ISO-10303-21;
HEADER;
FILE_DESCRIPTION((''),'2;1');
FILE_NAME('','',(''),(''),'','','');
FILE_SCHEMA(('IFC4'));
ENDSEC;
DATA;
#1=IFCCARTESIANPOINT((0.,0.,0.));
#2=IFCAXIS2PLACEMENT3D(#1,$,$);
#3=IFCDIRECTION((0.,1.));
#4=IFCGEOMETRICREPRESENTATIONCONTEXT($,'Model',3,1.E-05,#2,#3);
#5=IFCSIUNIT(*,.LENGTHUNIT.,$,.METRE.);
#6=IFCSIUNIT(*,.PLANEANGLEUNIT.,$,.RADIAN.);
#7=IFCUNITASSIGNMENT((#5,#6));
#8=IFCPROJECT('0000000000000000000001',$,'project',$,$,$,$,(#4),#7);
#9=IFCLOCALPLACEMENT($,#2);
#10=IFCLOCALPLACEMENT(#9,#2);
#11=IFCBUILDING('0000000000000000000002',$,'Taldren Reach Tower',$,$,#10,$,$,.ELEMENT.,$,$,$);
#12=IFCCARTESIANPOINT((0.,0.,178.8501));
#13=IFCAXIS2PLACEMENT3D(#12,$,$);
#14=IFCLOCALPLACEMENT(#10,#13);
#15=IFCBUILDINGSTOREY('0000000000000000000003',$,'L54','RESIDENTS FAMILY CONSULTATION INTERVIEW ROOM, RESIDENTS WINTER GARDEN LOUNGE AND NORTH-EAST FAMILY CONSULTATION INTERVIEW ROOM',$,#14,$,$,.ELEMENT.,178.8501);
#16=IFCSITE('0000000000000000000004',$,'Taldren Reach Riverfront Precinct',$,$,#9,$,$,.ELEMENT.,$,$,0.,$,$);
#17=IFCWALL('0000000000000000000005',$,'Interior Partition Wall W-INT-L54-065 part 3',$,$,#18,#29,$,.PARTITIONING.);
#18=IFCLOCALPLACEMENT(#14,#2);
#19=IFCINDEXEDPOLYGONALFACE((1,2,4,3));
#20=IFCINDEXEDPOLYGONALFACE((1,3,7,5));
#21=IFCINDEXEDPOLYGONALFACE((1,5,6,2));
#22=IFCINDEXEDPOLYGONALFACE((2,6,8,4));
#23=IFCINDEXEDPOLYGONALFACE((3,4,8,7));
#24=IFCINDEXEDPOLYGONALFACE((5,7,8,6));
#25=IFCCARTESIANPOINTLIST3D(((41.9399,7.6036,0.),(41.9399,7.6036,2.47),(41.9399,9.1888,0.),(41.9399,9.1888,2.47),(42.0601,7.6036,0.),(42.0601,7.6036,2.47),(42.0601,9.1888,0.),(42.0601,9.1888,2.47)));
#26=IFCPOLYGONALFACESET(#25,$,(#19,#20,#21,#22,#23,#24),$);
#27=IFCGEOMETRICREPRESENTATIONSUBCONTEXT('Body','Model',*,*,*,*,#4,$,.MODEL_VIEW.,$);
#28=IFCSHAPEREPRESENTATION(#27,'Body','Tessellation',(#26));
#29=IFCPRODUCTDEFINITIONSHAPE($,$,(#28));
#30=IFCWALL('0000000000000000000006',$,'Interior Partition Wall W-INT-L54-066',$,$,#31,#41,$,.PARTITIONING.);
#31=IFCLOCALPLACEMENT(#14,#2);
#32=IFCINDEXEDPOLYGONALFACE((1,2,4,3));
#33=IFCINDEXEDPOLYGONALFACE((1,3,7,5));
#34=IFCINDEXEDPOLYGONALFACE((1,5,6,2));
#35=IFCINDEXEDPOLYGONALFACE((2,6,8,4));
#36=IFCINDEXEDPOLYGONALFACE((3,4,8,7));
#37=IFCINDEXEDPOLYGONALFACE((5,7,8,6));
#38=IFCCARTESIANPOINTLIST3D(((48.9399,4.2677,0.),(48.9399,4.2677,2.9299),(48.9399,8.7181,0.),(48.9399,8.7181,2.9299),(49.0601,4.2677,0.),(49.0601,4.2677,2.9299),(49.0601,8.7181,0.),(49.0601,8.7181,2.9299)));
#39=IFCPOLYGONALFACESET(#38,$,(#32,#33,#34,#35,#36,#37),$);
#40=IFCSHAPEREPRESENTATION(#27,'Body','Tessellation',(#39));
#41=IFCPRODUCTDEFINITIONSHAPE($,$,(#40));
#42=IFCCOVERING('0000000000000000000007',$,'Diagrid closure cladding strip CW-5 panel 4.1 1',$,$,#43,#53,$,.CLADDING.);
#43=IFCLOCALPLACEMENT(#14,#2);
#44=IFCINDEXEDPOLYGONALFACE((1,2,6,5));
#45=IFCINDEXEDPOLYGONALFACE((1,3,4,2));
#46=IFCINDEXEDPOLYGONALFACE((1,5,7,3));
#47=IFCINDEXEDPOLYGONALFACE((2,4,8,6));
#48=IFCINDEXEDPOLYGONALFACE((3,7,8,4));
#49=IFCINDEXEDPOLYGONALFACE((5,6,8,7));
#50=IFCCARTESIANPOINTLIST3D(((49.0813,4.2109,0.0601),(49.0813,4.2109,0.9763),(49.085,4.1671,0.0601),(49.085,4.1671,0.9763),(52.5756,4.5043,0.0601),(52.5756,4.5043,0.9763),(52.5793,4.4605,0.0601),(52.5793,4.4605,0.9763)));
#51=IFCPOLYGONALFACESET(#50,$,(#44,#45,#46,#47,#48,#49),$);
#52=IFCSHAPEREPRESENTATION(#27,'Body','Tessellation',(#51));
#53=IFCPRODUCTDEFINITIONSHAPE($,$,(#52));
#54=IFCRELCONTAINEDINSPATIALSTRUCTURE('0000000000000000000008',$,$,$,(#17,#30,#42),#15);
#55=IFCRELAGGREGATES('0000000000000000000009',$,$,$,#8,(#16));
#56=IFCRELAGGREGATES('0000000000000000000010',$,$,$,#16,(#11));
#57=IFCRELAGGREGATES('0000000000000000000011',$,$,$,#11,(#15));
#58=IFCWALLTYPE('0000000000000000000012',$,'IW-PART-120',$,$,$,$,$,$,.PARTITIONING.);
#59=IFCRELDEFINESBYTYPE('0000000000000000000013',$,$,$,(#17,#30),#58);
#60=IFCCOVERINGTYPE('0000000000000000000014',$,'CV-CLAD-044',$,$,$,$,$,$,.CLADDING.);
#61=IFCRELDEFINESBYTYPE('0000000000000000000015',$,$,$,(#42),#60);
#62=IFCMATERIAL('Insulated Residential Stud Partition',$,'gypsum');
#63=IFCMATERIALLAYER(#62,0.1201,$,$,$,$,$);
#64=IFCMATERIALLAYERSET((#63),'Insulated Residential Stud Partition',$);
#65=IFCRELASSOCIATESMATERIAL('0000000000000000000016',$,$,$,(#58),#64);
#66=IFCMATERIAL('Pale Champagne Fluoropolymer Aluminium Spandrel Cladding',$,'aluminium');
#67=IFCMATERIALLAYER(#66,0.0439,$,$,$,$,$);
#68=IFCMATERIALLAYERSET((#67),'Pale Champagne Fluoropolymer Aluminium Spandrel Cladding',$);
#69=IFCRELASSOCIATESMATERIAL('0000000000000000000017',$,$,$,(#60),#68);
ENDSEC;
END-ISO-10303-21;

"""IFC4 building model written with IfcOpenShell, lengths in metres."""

from ifc_helpers import new_model, si_unit, direction, frame, frame_2d, origin, origin_2d, place, context, subcontext, project, spatial, rectangle, extrude, source, transform, mapped, material, layer, layer_set, type_object, element, save


model = new_model("IFC4")

# Units and contexts
model_context = context("Model", 3, precision=1e-05, world=origin(), true_north=direction((0.0, 1.0)))
body_context = subcontext(model_context, "Body", "Model", "MODEL_VIEW")
ifc_project = project(units=[si_unit("LENGTHUNIT", "METRE"), si_unit("PLANEANGLEUNIT", "RADIAN")], contexts=[model_context])

# Site, building, storey
site_placement = place(None, origin())
site = spatial("IfcSite", under=ifc_project, at=site_placement, Name="Taldren Reach Riverfront Precinct", CompositionType="ELEMENT", RefElevation=0.0)
building_placement = place(site_placement, origin())
building = spatial("IfcBuilding", under=site, at=building_placement, Name="Taldren Reach Tower", CompositionType="ELEMENT")
storey_placement = place(building_placement, frame((0.0, 0.0, 178.8501)))
storey = spatial("IfcBuildingStorey", under=building, at=storey_placement, Name="L54", Description="RESIDENTS FAMILY CONSULTATION INTERVIEW ROOM, RESIDENTS WINTER GARDEN LOUNGE AND NORTH-EAST FAMILY CONSULTATION INTERVIEW ROOM", CompositionType="ELEMENT", Elevation=178.8501)

# Shared definitions
ifc_material_1 = material(Name="Insulated Residential Stud Partition", Category="gypsum")
ifc_layer_1 = layer(ifc_material_1, 0.1201)
ifc_layer_set_1 = layer_set([ifc_layer_1], Name="Insulated Residential Stud Partition")
wall_type_1 = type_object("IfcWallType", Name="IW-PART-120", PredefinedType="PARTITIONING", material=ifc_layer_set_1)

# Walls
shared_shape_1 = source(origin(), body_context, "Body", "SweptSolid", [
    extrude(rectangle(XDim=1.5852, YDim=0.1201, at=frame_2d((0.7925, 0.0))), origin(), (0.0, 0.0, 1.0), 2.47),
])
wall_1_placement = place(storey_placement, frame((42.0, 9.1887, 0.0), z_axis=(0.0, 0.0, 1.0), x_axis=(0.0, -1.0, 0.0)))
element("IfcWall", 1, at=wall_1_placement, inside=storey, type_object=wall_type_1, Name="Interior Partition Wall W-INT-L54-065 part 3", PredefinedType="PARTITIONING", context=body_context, shape_type="MappedRepresentation", body=[
    mapped(shared_shape_1, transform((0.0, 0.0, 0.0), scale=1.0)),
])
shared_shape_2 = source(origin(), body_context, "Body", "SweptSolid", [
    extrude(rectangle(XDim=4.4504, YDim=0.1201, at=frame_2d((2.2251, 0.0))), origin(), (0.0, 0.0, 1.0), 2.9299),
])
wall_2_placement = place(storey_placement, frame((49.0, 8.718, 0.0), z_axis=(0.0, 0.0, 1.0), x_axis=(0.0, -1.0, 0.0)))
element("IfcWall", 2, at=wall_2_placement, inside=storey, type_object=wall_type_1, Name="Interior Partition Wall W-INT-L54-066", PredefinedType="PARTITIONING", context=body_context, shape_type="MappedRepresentation", body=[
    mapped(shared_shape_2, transform((0.0, 0.0, 0.0), scale=1.0)),
])

# Covering
ifc_material_2 = material(Name="Pale Champagne Fluoropolymer Aluminium Spandrel Cladding", Category="aluminium")
ifc_layer_2 = layer(ifc_material_2, 0.0439)
ifc_layer_set_2 = layer_set([ifc_layer_2], Name="Pale Champagne Fluoropolymer Aluminium Spandrel Cladding")
covering_type = type_object("IfcCoveringType", Name="CV-CLAD-044", PredefinedType="CLADDING", material=ifc_layer_set_2)
shared_shape_3 = source(origin(), body_context, "Body", "SweptSolid", [
    extrude(rectangle(XDim=3.5066, YDim=0.0439, at=origin_2d()), origin(), (0.0, 0.0, 1.0), 0.9163),
])
covering_placement = place(storey_placement, frame((50.8303, 4.3357, 0.0601), z_axis=(0.0, 0.0, 1.0), x_axis=(0.996493, 0.083678, 0.0)))
element("IfcCovering", 3, at=covering_placement, inside=storey, type_object=covering_type, Name="Diagrid closure cladding strip CW-5 panel 4.1 1", PredefinedType="CLADDING", context=body_context, shape_type="MappedRepresentation", body=[
    mapped(shared_shape_3, transform((0.0, 0.0, 0.0), scale=1.0)),
])

save(model, "model.ifc")
